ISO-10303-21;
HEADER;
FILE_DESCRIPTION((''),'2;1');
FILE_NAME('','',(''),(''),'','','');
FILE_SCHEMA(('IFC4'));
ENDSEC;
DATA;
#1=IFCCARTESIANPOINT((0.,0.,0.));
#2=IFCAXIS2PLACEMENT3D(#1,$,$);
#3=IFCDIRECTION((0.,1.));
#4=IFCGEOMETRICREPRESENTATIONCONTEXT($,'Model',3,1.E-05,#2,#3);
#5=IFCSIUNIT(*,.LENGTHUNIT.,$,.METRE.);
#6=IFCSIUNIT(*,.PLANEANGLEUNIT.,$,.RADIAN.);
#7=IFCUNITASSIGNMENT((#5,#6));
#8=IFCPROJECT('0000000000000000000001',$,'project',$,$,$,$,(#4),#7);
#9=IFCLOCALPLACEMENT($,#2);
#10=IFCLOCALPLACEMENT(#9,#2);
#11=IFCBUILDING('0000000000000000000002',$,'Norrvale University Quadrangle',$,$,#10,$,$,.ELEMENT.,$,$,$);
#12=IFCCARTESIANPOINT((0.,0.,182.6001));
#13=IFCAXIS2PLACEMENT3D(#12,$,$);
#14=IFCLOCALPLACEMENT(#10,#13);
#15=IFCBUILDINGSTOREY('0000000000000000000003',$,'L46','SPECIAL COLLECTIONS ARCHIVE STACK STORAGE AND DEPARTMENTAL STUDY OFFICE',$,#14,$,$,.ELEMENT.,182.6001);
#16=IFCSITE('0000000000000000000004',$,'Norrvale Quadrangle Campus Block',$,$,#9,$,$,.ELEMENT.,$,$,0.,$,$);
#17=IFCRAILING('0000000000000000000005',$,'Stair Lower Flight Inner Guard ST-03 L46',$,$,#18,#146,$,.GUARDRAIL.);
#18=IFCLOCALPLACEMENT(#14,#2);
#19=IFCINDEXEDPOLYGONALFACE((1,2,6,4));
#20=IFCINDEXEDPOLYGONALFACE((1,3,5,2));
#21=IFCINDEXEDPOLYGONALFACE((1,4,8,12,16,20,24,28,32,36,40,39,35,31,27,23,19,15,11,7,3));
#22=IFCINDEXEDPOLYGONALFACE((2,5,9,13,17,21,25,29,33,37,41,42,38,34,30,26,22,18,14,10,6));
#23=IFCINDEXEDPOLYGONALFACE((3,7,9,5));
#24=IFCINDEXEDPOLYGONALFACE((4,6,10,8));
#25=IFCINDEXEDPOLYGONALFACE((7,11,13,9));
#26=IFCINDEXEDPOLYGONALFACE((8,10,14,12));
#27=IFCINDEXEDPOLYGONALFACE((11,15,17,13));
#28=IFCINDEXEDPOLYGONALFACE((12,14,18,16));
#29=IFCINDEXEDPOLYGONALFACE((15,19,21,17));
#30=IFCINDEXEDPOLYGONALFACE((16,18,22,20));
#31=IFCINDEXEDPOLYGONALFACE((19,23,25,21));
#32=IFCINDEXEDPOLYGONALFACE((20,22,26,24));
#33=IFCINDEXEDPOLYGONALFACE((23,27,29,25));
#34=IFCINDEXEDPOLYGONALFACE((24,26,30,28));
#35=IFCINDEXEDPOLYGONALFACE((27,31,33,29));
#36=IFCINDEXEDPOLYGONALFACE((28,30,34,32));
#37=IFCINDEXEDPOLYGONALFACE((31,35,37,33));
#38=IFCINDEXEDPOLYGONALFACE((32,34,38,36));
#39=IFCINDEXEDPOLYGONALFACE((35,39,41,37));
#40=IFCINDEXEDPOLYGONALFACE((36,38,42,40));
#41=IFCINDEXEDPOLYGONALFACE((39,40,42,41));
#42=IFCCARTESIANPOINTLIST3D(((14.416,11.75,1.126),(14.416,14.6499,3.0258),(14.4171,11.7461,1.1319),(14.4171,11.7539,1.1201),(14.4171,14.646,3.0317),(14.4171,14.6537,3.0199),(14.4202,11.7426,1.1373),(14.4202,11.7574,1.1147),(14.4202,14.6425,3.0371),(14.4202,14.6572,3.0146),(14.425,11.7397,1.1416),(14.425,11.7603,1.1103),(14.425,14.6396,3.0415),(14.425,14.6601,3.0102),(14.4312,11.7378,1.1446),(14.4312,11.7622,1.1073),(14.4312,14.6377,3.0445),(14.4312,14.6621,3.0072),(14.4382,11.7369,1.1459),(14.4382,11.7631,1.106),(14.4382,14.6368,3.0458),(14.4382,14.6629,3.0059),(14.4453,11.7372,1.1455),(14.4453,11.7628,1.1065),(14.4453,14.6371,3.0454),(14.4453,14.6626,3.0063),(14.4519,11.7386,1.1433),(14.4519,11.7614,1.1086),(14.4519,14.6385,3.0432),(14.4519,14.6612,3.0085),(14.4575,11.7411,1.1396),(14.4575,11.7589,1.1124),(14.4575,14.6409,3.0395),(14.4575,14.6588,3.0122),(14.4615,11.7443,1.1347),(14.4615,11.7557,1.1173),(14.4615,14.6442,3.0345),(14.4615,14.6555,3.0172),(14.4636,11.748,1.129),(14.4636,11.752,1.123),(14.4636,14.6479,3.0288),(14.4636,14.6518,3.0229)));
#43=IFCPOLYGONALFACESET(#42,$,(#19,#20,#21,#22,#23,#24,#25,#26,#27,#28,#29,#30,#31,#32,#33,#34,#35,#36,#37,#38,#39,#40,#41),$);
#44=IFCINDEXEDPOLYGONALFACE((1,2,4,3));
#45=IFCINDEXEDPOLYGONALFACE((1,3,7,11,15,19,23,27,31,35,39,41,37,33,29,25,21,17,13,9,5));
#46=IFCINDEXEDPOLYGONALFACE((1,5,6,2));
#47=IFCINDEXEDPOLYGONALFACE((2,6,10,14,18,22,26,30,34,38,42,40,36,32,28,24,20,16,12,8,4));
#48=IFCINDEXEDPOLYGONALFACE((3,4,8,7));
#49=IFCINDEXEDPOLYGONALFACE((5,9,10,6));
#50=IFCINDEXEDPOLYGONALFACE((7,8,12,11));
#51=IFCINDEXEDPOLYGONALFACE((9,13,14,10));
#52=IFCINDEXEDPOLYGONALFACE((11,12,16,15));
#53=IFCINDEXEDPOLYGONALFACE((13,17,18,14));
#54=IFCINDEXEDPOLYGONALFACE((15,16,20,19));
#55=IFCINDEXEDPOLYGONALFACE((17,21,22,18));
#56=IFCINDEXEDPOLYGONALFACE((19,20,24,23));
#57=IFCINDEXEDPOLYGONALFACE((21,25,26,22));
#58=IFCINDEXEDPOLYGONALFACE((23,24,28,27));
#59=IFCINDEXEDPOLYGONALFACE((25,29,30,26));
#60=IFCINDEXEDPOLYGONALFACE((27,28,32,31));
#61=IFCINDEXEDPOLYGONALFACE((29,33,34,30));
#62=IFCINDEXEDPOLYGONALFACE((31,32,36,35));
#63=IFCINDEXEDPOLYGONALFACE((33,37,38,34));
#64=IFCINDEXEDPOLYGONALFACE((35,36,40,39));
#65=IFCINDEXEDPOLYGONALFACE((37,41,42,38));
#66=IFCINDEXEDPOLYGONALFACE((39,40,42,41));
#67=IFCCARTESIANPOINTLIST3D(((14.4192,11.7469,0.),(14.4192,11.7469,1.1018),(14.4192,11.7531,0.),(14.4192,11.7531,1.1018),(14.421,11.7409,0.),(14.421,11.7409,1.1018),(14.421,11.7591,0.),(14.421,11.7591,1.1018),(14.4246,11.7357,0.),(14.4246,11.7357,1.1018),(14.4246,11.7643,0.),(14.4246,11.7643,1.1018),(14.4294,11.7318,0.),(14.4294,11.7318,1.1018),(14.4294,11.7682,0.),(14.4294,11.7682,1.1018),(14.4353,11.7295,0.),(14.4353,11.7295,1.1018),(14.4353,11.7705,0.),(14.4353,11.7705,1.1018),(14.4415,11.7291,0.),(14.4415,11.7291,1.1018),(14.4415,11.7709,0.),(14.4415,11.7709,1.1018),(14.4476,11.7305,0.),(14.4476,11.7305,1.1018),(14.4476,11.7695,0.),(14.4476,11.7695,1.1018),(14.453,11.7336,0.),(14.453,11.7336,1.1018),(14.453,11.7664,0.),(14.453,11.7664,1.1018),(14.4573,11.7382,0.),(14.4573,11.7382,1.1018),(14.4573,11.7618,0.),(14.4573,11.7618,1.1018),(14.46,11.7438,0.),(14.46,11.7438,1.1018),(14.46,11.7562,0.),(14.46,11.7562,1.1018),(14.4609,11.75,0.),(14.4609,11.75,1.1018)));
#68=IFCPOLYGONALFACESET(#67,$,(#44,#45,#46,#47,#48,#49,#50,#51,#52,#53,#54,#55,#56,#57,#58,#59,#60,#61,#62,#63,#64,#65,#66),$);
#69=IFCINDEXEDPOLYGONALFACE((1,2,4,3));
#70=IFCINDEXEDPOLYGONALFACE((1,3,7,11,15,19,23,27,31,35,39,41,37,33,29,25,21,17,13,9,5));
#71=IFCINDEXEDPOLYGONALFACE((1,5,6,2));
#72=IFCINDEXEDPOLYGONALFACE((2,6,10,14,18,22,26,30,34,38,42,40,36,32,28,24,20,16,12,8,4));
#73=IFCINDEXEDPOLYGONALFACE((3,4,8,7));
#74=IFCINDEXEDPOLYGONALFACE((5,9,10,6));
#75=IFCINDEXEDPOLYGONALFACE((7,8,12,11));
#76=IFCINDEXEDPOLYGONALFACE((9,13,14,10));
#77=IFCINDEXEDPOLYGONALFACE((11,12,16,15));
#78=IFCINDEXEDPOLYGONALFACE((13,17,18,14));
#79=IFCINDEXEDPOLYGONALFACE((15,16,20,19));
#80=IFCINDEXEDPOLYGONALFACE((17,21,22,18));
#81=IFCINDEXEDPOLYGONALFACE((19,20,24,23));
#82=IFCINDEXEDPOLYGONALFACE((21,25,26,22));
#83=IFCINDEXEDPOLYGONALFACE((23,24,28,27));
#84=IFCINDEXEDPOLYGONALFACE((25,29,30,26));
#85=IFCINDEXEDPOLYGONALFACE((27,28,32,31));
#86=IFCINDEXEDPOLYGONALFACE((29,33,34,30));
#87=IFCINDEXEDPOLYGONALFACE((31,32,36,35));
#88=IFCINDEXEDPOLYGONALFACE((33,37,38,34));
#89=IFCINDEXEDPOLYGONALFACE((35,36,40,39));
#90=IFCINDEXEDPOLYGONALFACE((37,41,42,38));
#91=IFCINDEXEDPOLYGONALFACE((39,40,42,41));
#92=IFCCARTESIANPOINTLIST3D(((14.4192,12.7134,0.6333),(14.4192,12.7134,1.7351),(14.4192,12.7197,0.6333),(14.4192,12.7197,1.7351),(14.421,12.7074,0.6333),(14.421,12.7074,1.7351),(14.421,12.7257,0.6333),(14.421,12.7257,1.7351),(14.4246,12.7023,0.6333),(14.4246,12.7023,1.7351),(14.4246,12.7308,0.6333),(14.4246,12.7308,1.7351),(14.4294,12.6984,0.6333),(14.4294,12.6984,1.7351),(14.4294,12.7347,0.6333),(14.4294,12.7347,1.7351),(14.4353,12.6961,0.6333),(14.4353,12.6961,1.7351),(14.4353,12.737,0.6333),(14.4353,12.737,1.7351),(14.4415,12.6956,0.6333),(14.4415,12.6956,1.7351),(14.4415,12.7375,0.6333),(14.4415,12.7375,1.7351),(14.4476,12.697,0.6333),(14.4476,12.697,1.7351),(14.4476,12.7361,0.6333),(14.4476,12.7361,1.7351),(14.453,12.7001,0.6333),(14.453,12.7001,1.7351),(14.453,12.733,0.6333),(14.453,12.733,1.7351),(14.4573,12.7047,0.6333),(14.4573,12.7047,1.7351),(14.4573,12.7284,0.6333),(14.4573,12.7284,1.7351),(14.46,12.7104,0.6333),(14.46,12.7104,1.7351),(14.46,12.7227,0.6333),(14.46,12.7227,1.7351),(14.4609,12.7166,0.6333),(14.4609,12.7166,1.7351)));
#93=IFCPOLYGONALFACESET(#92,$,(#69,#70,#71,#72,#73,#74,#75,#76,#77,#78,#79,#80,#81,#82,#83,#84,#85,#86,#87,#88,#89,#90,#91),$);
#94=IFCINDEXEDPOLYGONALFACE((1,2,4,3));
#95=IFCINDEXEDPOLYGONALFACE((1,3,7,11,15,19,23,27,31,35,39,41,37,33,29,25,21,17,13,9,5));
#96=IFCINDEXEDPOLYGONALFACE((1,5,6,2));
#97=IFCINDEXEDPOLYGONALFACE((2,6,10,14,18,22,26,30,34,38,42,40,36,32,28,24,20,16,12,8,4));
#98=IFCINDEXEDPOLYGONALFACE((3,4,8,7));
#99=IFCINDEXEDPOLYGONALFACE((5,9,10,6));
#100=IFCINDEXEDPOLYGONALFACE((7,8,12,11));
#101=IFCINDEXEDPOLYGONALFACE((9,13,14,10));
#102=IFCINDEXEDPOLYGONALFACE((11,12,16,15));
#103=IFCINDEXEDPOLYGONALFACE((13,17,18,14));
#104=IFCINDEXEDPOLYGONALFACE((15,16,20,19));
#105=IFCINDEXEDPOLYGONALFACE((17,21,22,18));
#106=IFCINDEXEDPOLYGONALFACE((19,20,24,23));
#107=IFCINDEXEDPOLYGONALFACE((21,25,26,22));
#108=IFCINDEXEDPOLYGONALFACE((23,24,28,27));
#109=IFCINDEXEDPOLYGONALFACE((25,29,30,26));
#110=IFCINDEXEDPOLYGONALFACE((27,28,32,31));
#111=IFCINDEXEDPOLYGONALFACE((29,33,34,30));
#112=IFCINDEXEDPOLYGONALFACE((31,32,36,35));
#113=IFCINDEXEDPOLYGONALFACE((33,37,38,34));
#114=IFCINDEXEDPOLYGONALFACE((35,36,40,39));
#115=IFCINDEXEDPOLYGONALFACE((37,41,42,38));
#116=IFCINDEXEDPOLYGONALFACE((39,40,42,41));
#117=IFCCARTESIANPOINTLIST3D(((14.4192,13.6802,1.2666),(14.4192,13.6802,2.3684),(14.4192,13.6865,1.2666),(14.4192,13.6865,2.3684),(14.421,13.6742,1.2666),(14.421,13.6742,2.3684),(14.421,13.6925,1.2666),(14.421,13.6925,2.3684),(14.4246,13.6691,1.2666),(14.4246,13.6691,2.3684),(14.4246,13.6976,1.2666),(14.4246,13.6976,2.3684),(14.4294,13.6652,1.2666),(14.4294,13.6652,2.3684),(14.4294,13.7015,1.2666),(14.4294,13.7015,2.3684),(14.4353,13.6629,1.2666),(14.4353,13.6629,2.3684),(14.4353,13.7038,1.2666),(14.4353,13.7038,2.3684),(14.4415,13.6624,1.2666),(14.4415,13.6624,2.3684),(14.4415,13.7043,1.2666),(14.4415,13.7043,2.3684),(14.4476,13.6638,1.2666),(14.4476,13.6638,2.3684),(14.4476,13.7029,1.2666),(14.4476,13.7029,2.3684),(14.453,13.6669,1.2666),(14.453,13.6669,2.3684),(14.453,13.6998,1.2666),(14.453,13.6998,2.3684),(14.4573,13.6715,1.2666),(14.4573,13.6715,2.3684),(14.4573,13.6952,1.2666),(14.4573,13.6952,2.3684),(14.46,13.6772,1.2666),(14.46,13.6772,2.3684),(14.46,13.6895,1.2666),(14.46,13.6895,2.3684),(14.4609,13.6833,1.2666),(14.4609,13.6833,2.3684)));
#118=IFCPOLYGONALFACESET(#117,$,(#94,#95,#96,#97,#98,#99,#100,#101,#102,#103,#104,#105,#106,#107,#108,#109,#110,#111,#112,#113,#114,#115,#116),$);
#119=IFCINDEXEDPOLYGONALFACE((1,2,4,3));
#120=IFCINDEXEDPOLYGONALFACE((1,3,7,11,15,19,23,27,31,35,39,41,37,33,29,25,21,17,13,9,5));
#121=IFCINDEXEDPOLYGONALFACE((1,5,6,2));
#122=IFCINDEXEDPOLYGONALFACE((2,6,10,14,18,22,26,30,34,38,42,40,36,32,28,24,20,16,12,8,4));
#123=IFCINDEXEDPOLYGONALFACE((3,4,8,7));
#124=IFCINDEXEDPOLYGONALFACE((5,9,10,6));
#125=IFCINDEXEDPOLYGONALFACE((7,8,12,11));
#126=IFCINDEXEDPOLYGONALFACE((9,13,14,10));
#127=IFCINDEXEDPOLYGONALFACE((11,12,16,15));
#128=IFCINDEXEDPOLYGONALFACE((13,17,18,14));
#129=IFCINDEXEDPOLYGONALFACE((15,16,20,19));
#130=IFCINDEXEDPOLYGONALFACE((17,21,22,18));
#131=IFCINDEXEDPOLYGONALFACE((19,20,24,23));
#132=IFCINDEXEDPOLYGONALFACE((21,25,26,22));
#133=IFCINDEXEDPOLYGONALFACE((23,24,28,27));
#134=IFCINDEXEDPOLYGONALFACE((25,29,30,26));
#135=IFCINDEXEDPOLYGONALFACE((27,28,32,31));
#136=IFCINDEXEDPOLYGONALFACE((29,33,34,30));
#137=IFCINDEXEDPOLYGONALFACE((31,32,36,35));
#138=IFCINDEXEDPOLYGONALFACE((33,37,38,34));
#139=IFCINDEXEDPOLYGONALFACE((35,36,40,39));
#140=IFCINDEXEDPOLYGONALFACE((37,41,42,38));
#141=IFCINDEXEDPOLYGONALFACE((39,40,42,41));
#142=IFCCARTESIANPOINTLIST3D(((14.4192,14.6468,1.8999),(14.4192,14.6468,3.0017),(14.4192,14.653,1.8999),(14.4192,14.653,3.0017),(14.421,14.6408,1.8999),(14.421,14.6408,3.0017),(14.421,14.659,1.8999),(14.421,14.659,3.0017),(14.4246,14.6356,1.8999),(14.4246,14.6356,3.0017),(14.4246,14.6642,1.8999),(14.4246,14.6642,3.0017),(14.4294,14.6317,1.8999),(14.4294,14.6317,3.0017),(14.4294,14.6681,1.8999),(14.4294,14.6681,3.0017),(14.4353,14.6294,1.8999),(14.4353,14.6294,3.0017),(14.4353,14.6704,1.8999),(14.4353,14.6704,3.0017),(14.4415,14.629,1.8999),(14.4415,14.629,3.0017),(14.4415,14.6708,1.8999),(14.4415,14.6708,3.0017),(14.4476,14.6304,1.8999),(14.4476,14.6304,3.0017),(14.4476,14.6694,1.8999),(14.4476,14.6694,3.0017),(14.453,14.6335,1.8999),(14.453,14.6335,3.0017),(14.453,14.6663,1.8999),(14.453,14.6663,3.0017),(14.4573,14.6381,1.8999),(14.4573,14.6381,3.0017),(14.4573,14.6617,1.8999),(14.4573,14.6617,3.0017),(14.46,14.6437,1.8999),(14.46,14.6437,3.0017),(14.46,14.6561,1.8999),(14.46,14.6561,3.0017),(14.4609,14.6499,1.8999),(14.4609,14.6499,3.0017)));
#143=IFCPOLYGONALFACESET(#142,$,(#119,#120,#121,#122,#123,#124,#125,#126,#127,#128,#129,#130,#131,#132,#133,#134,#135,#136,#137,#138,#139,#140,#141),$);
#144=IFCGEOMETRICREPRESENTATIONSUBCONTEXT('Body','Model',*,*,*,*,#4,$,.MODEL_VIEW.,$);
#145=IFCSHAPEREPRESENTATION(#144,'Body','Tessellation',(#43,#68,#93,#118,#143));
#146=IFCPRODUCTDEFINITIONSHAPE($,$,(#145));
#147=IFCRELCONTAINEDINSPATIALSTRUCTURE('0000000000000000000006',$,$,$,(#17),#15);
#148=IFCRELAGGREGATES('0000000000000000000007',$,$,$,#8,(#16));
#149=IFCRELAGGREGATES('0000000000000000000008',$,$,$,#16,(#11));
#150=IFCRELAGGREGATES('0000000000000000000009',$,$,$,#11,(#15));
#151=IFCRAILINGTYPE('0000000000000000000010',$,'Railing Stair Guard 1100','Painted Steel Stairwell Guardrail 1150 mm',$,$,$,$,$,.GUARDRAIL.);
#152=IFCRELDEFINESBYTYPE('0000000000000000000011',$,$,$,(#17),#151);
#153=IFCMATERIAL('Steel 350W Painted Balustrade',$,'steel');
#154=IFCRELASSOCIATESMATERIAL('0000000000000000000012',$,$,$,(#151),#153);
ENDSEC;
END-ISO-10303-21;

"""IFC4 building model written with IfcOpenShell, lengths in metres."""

from ifc_helpers import new_model, si_unit, direction, frame, origin, origin_2d, place, context, subcontext, project, spatial, circle, extrude, material, type_object, element, save


model = new_model("IFC4")

# Units and contexts
model_context = context("Model", 3, precision=1e-05, world=origin(), true_north=direction((0.0, 1.0)))
body_context = subcontext(model_context, "Body", "Model", "MODEL_VIEW")
ifc_project = project(units=[si_unit("LENGTHUNIT", "METRE"), si_unit("PLANEANGLEUNIT", "RADIAN")], contexts=[model_context])

# Site, building, storey
site_placement = place(None, origin())
site = spatial("IfcSite", under=ifc_project, at=site_placement, Name="Norrvale Quadrangle Campus Block", CompositionType="ELEMENT", RefElevation=0.0)
building_placement = place(site_placement, origin())
building = spatial("IfcBuilding", under=site, at=building_placement, Name="Norrvale University Quadrangle", CompositionType="ELEMENT")
storey_placement = place(building_placement, frame((0.0, 0.0, 182.6001)))
storey = spatial("IfcBuildingStorey", under=building, at=storey_placement, Name="L46", Description="SPECIAL COLLECTIONS ARCHIVE STACK STORAGE AND DEPARTMENTAL STUDY OFFICE", CompositionType="ELEMENT", Elevation=182.6001)

# Railing
ifc_material_1 = material(Name="Steel 350W Painted Balustrade", Category="steel")
railing_type_1 = type_object("IfcRailingType", Name="Railing Stair Guard 1100", Description="Painted Steel Stairwell Guardrail 1150 mm", PredefinedType="GUARDRAIL", material=ifc_material_1)
railing_1_placement = place(storey_placement, frame((14.4399, 11.75, 0.0)))
element("IfcRailing", 1, at=railing_1_placement, inside=storey, type_object=railing_type_1, Name="Stair Lower Flight Inner Guard ST-03 L46", PredefinedType="GUARDRAIL", context=body_context, shape_type="SweptSolid", body=[
    extrude(circle(Radius=0.0239, at=origin_2d()), frame((0.0, 0.0, 1.126), z_axis=(0.0, 0.836466, 0.548019), x_axis=(-1.0, 0.0, 0.0)), (0.0, 0.0, 1.0), 3.4668),
    extrude(circle(Radius=0.021, at=origin_2d()), origin(), (0.0, 0.0, 1.0), 1.1018),
    extrude(circle(Radius=0.021, at=origin_2d()), frame((0.0, 0.9666, 0.6333)), (0.0, 0.0, 1.0), 1.1018),
    extrude(circle(Radius=0.021, at=origin_2d()), frame((0.0, 1.9333, 1.2666)), (0.0, 0.0, 1.0), 1.1018),
    extrude(circle(Radius=0.021, at=origin_2d()), frame((0.0, 2.8999, 1.8999)), (0.0, 0.0, 1.0), 1.1018),
])

save(model, "model.ifc")
